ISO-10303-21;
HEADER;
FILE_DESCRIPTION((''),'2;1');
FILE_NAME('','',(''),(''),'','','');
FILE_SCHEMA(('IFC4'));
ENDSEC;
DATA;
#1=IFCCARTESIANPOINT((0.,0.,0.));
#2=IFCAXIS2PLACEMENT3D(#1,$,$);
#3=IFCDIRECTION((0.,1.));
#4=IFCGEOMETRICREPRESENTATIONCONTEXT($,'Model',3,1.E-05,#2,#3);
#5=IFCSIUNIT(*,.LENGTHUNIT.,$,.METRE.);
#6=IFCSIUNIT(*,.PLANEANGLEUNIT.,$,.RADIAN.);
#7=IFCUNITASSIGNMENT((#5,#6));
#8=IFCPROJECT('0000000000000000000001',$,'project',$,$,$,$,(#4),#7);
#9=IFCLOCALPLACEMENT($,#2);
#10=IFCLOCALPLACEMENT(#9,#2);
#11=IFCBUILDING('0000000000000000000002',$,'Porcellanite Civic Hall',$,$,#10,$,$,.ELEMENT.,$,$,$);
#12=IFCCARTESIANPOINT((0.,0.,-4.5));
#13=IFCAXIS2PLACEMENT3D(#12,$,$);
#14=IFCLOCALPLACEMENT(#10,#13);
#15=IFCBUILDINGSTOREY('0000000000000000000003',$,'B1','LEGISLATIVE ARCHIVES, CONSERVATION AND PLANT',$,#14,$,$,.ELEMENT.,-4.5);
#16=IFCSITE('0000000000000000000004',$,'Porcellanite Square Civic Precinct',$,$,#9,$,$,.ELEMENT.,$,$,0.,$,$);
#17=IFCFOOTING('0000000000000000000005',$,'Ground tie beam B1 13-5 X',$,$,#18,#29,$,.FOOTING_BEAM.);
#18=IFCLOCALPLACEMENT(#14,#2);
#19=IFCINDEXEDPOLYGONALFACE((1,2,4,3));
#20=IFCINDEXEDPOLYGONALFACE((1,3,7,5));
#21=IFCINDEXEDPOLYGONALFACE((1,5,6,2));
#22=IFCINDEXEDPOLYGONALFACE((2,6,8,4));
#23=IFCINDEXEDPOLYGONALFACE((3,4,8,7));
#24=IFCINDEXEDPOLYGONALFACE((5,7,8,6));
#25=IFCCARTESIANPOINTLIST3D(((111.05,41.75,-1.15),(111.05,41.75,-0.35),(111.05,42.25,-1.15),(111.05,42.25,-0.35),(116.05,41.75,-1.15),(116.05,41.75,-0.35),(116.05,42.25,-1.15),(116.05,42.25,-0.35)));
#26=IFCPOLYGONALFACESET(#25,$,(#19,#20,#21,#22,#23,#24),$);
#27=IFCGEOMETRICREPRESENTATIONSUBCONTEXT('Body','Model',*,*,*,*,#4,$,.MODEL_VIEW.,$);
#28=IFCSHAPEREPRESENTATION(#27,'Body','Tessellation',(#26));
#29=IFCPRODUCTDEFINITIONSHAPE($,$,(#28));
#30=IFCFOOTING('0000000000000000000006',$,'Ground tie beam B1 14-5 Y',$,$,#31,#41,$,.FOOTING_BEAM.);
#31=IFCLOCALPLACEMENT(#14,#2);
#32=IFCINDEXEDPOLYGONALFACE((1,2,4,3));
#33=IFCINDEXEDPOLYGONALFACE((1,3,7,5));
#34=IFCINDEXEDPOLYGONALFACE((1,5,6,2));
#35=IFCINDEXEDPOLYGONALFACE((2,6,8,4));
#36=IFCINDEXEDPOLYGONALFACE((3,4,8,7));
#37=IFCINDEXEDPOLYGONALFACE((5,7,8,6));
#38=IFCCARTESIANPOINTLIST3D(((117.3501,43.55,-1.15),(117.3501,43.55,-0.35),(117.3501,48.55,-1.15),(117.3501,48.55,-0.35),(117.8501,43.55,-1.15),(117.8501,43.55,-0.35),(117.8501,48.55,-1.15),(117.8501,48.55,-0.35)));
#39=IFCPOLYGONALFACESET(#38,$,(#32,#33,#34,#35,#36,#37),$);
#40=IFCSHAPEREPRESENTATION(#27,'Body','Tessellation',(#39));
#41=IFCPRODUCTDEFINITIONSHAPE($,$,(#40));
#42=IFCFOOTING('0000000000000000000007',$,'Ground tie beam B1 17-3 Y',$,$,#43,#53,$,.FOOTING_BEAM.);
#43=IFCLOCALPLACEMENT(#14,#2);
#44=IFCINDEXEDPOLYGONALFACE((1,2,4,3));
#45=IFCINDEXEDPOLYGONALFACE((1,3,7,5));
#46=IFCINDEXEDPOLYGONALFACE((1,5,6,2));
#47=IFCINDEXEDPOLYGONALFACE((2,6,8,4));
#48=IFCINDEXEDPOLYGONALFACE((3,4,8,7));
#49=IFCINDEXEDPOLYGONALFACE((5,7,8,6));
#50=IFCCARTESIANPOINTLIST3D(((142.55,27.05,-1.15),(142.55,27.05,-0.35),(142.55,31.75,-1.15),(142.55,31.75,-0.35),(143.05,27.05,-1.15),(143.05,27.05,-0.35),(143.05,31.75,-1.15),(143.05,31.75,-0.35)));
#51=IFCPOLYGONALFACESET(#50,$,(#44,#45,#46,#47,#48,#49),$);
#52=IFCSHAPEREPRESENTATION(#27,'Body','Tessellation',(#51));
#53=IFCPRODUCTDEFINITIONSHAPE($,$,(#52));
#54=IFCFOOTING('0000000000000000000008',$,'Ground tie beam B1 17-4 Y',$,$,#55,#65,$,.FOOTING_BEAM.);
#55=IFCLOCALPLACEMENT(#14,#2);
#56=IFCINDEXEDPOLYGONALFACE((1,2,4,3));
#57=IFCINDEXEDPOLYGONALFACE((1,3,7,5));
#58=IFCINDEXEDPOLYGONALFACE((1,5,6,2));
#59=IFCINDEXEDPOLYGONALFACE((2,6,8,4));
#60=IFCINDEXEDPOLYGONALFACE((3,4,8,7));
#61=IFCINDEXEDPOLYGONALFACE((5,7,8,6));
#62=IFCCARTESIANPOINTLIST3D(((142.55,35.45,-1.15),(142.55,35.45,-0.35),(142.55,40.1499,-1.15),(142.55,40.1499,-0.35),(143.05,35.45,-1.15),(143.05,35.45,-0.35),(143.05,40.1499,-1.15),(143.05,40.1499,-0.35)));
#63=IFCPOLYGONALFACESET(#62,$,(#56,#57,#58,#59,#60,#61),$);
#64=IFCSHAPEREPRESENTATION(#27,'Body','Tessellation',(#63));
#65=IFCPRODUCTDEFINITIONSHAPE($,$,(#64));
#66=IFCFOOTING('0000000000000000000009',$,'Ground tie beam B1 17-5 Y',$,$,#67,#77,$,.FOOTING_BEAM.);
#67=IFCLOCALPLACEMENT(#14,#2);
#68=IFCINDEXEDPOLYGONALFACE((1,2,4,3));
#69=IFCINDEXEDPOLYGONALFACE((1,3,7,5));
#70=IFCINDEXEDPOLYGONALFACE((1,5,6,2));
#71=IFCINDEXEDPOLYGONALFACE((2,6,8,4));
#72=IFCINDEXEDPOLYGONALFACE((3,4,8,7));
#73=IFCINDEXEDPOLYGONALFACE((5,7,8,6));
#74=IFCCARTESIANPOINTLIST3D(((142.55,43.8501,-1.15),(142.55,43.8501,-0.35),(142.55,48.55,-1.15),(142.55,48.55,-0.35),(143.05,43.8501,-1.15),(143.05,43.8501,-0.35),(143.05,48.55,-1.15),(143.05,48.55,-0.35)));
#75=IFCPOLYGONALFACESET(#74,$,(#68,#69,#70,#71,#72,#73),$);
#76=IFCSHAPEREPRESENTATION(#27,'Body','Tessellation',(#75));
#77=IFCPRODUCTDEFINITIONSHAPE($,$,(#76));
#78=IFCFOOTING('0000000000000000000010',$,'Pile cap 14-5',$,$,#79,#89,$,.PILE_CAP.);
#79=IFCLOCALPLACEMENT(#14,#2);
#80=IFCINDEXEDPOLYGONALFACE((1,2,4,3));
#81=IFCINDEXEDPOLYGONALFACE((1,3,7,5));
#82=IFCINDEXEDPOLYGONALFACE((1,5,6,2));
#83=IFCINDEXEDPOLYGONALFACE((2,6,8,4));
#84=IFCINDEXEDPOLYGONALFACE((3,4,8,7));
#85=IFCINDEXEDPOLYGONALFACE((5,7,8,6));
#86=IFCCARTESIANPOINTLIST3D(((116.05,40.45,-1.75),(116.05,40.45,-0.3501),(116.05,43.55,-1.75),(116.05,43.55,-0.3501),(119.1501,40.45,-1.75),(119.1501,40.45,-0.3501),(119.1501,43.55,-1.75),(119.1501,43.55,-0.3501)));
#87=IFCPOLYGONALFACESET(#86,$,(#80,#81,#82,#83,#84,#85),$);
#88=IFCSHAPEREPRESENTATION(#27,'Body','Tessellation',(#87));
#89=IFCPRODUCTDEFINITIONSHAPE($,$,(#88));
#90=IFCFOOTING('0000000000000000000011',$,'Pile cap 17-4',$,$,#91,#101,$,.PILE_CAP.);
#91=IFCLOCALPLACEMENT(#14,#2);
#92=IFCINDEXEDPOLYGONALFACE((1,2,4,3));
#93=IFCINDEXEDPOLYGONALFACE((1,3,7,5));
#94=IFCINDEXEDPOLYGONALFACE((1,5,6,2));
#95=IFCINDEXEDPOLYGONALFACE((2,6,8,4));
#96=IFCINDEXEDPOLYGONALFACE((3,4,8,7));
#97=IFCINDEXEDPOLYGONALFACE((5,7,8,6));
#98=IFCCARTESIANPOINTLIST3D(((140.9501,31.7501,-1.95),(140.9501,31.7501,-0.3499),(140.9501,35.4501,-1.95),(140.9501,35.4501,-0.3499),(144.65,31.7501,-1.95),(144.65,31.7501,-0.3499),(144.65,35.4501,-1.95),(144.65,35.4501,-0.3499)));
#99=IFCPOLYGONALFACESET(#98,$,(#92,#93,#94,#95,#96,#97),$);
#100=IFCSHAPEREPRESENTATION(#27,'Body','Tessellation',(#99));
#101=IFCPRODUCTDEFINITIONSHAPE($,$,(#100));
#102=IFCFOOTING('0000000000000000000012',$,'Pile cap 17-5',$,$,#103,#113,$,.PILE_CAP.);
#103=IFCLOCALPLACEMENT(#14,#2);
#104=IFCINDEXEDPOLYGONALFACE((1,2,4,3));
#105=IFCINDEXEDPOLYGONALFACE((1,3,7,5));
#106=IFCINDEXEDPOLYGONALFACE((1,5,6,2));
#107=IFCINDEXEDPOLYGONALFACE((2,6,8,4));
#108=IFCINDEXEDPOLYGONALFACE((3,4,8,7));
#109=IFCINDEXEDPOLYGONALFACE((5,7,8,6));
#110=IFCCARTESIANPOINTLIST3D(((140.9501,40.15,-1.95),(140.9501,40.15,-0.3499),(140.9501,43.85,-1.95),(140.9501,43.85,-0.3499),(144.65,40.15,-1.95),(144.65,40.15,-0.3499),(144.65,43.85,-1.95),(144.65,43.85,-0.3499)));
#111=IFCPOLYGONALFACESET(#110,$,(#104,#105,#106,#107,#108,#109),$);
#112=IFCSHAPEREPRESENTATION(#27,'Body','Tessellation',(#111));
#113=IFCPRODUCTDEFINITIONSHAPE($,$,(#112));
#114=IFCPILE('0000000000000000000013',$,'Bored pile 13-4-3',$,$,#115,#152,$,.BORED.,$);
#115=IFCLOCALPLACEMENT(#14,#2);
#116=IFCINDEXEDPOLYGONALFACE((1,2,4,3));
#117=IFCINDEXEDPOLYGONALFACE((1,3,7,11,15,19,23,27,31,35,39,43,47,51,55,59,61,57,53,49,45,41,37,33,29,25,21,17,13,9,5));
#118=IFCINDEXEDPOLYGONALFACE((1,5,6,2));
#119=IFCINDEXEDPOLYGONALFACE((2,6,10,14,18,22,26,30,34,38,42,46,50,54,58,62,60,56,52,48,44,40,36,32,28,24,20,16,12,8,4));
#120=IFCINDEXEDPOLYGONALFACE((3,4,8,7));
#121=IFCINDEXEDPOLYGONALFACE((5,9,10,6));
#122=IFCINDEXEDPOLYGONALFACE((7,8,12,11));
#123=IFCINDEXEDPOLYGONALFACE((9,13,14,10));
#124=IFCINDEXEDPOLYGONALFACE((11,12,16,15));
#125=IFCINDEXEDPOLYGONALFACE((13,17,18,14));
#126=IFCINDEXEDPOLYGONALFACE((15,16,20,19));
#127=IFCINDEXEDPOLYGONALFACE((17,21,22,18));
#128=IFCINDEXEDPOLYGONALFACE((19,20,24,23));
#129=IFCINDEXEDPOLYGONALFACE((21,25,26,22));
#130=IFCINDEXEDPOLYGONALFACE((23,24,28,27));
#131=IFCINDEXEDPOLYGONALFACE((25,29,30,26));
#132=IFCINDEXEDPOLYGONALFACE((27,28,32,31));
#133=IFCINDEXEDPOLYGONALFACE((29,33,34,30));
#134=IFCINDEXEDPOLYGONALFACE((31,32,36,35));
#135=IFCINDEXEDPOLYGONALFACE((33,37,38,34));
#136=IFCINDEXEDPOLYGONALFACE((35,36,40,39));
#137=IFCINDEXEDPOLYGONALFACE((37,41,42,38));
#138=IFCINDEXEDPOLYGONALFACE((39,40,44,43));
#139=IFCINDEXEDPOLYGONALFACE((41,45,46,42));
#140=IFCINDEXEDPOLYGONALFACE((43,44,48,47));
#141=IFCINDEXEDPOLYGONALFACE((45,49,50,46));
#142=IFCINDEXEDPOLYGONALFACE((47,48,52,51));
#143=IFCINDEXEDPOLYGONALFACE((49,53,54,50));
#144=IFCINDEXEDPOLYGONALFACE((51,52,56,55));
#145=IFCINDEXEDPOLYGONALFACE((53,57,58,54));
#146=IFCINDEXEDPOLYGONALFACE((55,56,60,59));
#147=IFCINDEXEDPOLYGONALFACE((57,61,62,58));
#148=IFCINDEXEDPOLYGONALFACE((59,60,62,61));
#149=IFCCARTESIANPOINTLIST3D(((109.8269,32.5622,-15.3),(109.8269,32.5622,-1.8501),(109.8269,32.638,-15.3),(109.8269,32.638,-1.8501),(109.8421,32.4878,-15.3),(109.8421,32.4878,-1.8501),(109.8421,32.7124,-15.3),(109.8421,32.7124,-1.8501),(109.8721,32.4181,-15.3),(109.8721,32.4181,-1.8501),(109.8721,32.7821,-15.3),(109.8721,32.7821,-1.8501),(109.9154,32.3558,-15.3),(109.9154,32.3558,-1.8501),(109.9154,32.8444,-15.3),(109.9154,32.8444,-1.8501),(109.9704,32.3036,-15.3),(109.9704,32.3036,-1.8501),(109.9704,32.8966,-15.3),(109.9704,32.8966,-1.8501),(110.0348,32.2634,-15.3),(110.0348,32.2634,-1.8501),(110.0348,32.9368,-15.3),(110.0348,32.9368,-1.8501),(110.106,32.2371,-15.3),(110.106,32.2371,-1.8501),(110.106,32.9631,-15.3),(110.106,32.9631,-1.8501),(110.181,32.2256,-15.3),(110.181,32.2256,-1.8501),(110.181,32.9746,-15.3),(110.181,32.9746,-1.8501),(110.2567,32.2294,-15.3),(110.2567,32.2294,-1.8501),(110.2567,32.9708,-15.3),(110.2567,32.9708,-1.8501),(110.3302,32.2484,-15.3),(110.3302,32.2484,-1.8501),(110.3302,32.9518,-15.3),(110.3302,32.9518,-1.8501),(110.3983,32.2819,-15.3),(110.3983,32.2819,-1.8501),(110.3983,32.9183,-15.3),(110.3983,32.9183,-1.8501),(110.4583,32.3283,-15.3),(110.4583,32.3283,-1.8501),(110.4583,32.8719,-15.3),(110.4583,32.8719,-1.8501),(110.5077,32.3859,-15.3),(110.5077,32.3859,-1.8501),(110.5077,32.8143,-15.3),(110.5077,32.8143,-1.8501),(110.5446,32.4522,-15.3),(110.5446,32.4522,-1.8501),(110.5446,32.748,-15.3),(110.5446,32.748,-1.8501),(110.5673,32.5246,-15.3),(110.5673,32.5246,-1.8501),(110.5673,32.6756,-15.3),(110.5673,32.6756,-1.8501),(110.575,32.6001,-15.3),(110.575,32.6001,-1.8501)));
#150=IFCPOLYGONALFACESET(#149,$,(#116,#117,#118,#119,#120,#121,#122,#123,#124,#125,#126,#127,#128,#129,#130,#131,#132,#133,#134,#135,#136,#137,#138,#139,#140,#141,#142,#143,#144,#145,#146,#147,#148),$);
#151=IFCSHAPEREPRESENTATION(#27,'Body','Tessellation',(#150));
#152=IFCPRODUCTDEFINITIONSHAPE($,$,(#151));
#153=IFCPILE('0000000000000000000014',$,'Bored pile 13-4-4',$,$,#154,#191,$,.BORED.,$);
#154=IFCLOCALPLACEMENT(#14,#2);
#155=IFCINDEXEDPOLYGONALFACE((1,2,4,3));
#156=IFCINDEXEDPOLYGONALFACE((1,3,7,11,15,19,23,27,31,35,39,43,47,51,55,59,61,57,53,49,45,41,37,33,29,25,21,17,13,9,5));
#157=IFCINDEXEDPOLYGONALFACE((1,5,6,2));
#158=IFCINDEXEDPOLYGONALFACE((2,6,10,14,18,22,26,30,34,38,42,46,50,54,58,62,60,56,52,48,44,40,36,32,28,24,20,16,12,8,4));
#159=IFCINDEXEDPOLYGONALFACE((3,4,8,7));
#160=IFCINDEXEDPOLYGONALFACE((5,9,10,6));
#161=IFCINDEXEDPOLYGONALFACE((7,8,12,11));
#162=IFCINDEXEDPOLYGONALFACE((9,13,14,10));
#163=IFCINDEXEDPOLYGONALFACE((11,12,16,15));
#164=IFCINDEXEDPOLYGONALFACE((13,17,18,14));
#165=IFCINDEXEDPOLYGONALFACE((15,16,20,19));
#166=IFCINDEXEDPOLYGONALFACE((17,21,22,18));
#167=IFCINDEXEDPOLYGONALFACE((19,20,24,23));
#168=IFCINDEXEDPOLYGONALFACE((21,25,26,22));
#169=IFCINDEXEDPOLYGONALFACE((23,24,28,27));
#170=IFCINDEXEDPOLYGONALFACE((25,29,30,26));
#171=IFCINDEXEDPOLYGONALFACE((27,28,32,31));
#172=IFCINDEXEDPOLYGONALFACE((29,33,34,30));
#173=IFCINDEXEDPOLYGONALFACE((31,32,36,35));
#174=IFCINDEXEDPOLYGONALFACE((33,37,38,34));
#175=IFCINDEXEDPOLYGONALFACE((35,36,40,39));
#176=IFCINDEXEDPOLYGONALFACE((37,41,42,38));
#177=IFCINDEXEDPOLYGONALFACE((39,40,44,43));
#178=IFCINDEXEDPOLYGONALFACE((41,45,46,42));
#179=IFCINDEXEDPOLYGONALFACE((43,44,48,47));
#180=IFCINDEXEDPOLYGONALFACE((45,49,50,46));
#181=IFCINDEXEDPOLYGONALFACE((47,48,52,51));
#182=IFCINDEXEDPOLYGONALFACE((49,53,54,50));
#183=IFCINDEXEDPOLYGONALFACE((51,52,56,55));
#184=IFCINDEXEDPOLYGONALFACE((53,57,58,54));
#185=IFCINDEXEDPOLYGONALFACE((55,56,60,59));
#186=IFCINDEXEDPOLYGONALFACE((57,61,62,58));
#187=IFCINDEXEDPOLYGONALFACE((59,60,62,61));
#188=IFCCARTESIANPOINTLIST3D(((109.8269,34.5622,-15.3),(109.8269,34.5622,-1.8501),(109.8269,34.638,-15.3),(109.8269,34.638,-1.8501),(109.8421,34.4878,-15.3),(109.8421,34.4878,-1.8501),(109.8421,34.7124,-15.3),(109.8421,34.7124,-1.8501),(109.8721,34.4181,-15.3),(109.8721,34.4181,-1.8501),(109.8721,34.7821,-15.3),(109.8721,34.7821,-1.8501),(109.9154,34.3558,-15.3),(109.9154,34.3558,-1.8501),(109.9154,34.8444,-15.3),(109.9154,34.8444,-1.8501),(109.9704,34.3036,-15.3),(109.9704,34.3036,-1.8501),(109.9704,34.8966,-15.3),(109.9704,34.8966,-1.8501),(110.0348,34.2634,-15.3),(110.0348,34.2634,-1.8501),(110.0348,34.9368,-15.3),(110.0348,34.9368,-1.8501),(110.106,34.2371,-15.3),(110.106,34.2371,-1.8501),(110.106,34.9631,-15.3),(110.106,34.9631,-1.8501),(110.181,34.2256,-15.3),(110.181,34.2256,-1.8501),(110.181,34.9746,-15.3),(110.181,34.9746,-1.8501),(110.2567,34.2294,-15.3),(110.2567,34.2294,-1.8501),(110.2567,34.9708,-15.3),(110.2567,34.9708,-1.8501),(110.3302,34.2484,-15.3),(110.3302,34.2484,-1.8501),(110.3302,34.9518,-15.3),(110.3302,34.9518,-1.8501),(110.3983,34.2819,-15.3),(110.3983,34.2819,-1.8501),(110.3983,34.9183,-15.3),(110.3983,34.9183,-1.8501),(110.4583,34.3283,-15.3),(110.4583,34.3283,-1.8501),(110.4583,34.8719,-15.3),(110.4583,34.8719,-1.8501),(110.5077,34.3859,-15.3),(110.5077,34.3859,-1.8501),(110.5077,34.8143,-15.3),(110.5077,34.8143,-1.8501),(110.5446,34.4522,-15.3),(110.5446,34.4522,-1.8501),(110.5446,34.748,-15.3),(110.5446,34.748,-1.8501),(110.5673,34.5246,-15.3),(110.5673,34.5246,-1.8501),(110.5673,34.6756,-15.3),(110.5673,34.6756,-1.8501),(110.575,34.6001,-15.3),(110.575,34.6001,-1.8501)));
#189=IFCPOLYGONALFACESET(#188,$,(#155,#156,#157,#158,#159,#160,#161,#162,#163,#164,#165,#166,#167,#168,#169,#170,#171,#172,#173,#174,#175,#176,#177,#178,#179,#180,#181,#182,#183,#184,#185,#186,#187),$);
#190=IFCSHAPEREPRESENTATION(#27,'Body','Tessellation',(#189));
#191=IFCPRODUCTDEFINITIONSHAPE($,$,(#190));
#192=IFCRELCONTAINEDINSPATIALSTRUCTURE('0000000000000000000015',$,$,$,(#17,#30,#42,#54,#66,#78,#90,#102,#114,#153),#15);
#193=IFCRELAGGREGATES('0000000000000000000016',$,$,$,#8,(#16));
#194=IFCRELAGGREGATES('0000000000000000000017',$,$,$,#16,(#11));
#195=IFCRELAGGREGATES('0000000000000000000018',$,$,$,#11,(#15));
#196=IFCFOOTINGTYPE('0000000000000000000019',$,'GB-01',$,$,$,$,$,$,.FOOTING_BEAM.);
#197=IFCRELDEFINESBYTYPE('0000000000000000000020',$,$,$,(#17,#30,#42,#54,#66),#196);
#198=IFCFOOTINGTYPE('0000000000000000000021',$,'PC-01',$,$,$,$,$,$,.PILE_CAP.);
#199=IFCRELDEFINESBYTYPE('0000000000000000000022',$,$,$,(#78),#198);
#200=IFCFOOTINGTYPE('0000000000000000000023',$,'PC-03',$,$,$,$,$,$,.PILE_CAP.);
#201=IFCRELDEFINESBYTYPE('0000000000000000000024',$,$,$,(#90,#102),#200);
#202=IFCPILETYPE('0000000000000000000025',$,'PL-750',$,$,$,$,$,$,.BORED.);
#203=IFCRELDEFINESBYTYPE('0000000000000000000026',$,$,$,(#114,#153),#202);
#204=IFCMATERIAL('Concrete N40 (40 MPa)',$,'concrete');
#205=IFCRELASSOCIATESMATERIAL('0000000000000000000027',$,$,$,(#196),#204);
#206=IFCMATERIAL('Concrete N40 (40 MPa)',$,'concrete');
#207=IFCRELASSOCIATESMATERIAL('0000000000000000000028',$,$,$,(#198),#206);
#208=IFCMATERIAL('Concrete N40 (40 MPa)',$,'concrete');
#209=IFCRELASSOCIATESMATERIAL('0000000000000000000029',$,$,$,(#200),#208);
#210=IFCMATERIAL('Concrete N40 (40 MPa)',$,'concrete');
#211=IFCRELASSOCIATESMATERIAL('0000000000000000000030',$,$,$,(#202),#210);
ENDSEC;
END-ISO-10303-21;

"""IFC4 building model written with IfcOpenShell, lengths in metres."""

from ifc_helpers import new_model, si_unit, direction, frame, origin, origin_2d, place, context, subcontext, project, spatial, rectangle, circle, extrude, material, material_profile, profile_set, type_object, element, save


model = new_model("IFC4")

# Units and contexts
model_context = context("Model", 3, precision=1e-05, world=origin(), true_north=direction((0.0, 1.0)))
body_context = subcontext(model_context, "Body", "Model", "MODEL_VIEW")
ifc_project = project(units=[si_unit("LENGTHUNIT", "METRE"), si_unit("PLANEANGLEUNIT", "RADIAN")], contexts=[model_context])

# Site, building, storey
site_placement = place(None, origin())
site = spatial("IfcSite", under=ifc_project, at=site_placement, Name="Porcellanite Square Civic Precinct", CompositionType="ELEMENT", RefElevation=0.0)
building_placement = place(site_placement, origin())
building = spatial("IfcBuilding", under=site, at=building_placement, Name="Porcellanite Civic Hall", CompositionType="ELEMENT")
storey_placement = place(building_placement, frame((0.0, 0.0, -4.5)))
storey = spatial("IfcBuildingStorey", under=building, at=storey_placement, Name="B1", Description="LEGISLATIVE ARCHIVES, CONSERVATION AND PLANT", CompositionType="ELEMENT", Elevation=-4.5)

# Footings
ifc_material_1 = material(Name="Concrete N40 (40 MPa)", Category="concrete")
ifc_material_profile_1 = material_profile(ifc_material_1, rectangle(XDim=0.5, YDim=0.8, at=origin_2d()), Name="RC-500x800")
ifc_profile_set_1 = profile_set([ifc_material_profile_1], Name="Concrete N40 (40 MPa)")
footing_type_1 = type_object("IfcFootingType", Name="GB-01", PredefinedType="FOOTING_BEAM", material=ifc_profile_set_1)
for number, where, z_axis, x_axis, name in (
    (1, (111.05, 42.0, -0.75), (1.0, 0.0, 0.0), (0.0, 1.0, 0.0), "Ground tie beam B1 13-5 X"),
    (2, (117.6001, 43.55, -0.75), (0.0, 1.0, 0.0), (-1.0, 0.0, 0.0), "Ground tie beam B1 14-5 Y"),
):
    element("IfcFooting", number, at=place(storey_placement, frame(where, z_axis=z_axis, x_axis=x_axis)), inside=storey, type_object=footing_type_1, Name=name, PredefinedType="FOOTING_BEAM", context=body_context, shape_type="SweptSolid", body=[
        extrude(rectangle(XDim=0.5, YDim=0.8, at=origin_2d()), origin(), (0.0, 0.0, 1.0), 5.0),
    ])
for number, where, z_axis, x_axis, name in (
    (3, (142.8, 27.05, -0.75), (0.0, 1.0, 0.0), (-1.0, 0.0, 0.0), "Ground tie beam B1 17-3 Y"),
    (4, (142.8, 35.45, -0.75), (0.0, 1.0, 0.0), (-1.0, 0.0, 0.0), "Ground tie beam B1 17-4 Y"),
    (5, (142.8, 43.8501, -0.75), (0.0, 1.0, 0.0), (-1.0, 0.0, 0.0), "Ground tie beam B1 17-5 Y"),
):
    element("IfcFooting", number, at=place(storey_placement, frame(where, z_axis=z_axis, x_axis=x_axis)), inside=storey, type_object=footing_type_1, Name=name, PredefinedType="FOOTING_BEAM", context=body_context, shape_type="SweptSolid", body=[
        extrude(rectangle(XDim=0.5, YDim=0.8, at=origin_2d()), origin(), (0.0, 0.0, 1.0), 4.7),
    ])
ifc_material_2 = material(Name="Concrete N40 (40 MPa)", Category="concrete")
footing_type_2 = type_object("IfcFootingType", Name="PC-01", PredefinedType="PILE_CAP", material=ifc_material_2)
footing_placement = place(storey_placement, frame((117.6001, 42.0, -1.75), z_axis=(0.0, 0.0, 1.0), x_axis=(1.0, 0.0, 0.0)))
element("IfcFooting", 6, at=footing_placement, inside=storey, type_object=footing_type_2, Name="Pile cap 14-5", PredefinedType="PILE_CAP", context=body_context, shape_type="SweptSolid", body=[
    extrude(rectangle(XDim=3.1001, YDim=3.1001, at=origin_2d()), origin(), (0.0, 0.0, 1.0), 1.3999),
])
ifc_material_3 = material(Name="Concrete N40 (40 MPa)", Category="concrete")
footing_type_3 = type_object("IfcFootingType", Name="PC-03", PredefinedType="PILE_CAP", material=ifc_material_3)
for number, where, z_axis, x_axis, name in (
    (7, (142.8, 33.6001, -1.95), (0.0, 0.0, 1.0), (1.0, 0.0, 0.0), "Pile cap 17-4"),
    (8, (142.8, 42.0, -1.95), (0.0, 0.0, 1.0), (1.0, 0.0, 0.0), "Pile cap 17-5"),
):
    element("IfcFooting", number, at=place(storey_placement, frame(where, z_axis=z_axis, x_axis=x_axis)), inside=storey, type_object=footing_type_3, Name=name, PredefinedType="PILE_CAP", context=body_context, shape_type="SweptSolid", body=[
        extrude(rectangle(XDim=3.7, YDim=3.7, at=origin_2d()), origin(), (0.0, 0.0, 1.0), 1.6001),
    ])

# Piles
ifc_material_4 = material(Name="Concrete N40 (40 MPa)", Category="concrete")
ifc_material_profile_2 = material_profile(ifc_material_4, circle(Radius=0.375, at=origin_2d()), Name="PILE-D750")
ifc_profile_set_2 = profile_set([ifc_material_profile_2], Name="Concrete N40 (40 MPa)")
pile_type_1 = type_object("IfcPileType", Name="PL-750", PredefinedType="BORED", material=ifc_profile_set_2)
for number, where, z_axis, x_axis, name in (
    (9, (110.2, 32.6001, -1.8501), (0.0, 0.0, -1.0), (1.0, 0.0, 0.0), "Bored pile 13-4-3"),
    (10, (110.2, 34.6001, -1.8501), (0.0, 0.0, -1.0), (1.0, 0.0, 0.0), "Bored pile 13-4-4"),
):
    element("IfcPile", number, at=place(storey_placement, frame(where, z_axis=z_axis, x_axis=x_axis)), inside=storey, type_object=pile_type_1, Name=name, PredefinedType="BORED", context=body_context, shape_type="SweptSolid", body=[
        extrude(circle(Radius=0.375, at=origin_2d()), origin(), (0.0, 0.0, 1.0), 13.45),
    ])

save(model, "model.ifc")
